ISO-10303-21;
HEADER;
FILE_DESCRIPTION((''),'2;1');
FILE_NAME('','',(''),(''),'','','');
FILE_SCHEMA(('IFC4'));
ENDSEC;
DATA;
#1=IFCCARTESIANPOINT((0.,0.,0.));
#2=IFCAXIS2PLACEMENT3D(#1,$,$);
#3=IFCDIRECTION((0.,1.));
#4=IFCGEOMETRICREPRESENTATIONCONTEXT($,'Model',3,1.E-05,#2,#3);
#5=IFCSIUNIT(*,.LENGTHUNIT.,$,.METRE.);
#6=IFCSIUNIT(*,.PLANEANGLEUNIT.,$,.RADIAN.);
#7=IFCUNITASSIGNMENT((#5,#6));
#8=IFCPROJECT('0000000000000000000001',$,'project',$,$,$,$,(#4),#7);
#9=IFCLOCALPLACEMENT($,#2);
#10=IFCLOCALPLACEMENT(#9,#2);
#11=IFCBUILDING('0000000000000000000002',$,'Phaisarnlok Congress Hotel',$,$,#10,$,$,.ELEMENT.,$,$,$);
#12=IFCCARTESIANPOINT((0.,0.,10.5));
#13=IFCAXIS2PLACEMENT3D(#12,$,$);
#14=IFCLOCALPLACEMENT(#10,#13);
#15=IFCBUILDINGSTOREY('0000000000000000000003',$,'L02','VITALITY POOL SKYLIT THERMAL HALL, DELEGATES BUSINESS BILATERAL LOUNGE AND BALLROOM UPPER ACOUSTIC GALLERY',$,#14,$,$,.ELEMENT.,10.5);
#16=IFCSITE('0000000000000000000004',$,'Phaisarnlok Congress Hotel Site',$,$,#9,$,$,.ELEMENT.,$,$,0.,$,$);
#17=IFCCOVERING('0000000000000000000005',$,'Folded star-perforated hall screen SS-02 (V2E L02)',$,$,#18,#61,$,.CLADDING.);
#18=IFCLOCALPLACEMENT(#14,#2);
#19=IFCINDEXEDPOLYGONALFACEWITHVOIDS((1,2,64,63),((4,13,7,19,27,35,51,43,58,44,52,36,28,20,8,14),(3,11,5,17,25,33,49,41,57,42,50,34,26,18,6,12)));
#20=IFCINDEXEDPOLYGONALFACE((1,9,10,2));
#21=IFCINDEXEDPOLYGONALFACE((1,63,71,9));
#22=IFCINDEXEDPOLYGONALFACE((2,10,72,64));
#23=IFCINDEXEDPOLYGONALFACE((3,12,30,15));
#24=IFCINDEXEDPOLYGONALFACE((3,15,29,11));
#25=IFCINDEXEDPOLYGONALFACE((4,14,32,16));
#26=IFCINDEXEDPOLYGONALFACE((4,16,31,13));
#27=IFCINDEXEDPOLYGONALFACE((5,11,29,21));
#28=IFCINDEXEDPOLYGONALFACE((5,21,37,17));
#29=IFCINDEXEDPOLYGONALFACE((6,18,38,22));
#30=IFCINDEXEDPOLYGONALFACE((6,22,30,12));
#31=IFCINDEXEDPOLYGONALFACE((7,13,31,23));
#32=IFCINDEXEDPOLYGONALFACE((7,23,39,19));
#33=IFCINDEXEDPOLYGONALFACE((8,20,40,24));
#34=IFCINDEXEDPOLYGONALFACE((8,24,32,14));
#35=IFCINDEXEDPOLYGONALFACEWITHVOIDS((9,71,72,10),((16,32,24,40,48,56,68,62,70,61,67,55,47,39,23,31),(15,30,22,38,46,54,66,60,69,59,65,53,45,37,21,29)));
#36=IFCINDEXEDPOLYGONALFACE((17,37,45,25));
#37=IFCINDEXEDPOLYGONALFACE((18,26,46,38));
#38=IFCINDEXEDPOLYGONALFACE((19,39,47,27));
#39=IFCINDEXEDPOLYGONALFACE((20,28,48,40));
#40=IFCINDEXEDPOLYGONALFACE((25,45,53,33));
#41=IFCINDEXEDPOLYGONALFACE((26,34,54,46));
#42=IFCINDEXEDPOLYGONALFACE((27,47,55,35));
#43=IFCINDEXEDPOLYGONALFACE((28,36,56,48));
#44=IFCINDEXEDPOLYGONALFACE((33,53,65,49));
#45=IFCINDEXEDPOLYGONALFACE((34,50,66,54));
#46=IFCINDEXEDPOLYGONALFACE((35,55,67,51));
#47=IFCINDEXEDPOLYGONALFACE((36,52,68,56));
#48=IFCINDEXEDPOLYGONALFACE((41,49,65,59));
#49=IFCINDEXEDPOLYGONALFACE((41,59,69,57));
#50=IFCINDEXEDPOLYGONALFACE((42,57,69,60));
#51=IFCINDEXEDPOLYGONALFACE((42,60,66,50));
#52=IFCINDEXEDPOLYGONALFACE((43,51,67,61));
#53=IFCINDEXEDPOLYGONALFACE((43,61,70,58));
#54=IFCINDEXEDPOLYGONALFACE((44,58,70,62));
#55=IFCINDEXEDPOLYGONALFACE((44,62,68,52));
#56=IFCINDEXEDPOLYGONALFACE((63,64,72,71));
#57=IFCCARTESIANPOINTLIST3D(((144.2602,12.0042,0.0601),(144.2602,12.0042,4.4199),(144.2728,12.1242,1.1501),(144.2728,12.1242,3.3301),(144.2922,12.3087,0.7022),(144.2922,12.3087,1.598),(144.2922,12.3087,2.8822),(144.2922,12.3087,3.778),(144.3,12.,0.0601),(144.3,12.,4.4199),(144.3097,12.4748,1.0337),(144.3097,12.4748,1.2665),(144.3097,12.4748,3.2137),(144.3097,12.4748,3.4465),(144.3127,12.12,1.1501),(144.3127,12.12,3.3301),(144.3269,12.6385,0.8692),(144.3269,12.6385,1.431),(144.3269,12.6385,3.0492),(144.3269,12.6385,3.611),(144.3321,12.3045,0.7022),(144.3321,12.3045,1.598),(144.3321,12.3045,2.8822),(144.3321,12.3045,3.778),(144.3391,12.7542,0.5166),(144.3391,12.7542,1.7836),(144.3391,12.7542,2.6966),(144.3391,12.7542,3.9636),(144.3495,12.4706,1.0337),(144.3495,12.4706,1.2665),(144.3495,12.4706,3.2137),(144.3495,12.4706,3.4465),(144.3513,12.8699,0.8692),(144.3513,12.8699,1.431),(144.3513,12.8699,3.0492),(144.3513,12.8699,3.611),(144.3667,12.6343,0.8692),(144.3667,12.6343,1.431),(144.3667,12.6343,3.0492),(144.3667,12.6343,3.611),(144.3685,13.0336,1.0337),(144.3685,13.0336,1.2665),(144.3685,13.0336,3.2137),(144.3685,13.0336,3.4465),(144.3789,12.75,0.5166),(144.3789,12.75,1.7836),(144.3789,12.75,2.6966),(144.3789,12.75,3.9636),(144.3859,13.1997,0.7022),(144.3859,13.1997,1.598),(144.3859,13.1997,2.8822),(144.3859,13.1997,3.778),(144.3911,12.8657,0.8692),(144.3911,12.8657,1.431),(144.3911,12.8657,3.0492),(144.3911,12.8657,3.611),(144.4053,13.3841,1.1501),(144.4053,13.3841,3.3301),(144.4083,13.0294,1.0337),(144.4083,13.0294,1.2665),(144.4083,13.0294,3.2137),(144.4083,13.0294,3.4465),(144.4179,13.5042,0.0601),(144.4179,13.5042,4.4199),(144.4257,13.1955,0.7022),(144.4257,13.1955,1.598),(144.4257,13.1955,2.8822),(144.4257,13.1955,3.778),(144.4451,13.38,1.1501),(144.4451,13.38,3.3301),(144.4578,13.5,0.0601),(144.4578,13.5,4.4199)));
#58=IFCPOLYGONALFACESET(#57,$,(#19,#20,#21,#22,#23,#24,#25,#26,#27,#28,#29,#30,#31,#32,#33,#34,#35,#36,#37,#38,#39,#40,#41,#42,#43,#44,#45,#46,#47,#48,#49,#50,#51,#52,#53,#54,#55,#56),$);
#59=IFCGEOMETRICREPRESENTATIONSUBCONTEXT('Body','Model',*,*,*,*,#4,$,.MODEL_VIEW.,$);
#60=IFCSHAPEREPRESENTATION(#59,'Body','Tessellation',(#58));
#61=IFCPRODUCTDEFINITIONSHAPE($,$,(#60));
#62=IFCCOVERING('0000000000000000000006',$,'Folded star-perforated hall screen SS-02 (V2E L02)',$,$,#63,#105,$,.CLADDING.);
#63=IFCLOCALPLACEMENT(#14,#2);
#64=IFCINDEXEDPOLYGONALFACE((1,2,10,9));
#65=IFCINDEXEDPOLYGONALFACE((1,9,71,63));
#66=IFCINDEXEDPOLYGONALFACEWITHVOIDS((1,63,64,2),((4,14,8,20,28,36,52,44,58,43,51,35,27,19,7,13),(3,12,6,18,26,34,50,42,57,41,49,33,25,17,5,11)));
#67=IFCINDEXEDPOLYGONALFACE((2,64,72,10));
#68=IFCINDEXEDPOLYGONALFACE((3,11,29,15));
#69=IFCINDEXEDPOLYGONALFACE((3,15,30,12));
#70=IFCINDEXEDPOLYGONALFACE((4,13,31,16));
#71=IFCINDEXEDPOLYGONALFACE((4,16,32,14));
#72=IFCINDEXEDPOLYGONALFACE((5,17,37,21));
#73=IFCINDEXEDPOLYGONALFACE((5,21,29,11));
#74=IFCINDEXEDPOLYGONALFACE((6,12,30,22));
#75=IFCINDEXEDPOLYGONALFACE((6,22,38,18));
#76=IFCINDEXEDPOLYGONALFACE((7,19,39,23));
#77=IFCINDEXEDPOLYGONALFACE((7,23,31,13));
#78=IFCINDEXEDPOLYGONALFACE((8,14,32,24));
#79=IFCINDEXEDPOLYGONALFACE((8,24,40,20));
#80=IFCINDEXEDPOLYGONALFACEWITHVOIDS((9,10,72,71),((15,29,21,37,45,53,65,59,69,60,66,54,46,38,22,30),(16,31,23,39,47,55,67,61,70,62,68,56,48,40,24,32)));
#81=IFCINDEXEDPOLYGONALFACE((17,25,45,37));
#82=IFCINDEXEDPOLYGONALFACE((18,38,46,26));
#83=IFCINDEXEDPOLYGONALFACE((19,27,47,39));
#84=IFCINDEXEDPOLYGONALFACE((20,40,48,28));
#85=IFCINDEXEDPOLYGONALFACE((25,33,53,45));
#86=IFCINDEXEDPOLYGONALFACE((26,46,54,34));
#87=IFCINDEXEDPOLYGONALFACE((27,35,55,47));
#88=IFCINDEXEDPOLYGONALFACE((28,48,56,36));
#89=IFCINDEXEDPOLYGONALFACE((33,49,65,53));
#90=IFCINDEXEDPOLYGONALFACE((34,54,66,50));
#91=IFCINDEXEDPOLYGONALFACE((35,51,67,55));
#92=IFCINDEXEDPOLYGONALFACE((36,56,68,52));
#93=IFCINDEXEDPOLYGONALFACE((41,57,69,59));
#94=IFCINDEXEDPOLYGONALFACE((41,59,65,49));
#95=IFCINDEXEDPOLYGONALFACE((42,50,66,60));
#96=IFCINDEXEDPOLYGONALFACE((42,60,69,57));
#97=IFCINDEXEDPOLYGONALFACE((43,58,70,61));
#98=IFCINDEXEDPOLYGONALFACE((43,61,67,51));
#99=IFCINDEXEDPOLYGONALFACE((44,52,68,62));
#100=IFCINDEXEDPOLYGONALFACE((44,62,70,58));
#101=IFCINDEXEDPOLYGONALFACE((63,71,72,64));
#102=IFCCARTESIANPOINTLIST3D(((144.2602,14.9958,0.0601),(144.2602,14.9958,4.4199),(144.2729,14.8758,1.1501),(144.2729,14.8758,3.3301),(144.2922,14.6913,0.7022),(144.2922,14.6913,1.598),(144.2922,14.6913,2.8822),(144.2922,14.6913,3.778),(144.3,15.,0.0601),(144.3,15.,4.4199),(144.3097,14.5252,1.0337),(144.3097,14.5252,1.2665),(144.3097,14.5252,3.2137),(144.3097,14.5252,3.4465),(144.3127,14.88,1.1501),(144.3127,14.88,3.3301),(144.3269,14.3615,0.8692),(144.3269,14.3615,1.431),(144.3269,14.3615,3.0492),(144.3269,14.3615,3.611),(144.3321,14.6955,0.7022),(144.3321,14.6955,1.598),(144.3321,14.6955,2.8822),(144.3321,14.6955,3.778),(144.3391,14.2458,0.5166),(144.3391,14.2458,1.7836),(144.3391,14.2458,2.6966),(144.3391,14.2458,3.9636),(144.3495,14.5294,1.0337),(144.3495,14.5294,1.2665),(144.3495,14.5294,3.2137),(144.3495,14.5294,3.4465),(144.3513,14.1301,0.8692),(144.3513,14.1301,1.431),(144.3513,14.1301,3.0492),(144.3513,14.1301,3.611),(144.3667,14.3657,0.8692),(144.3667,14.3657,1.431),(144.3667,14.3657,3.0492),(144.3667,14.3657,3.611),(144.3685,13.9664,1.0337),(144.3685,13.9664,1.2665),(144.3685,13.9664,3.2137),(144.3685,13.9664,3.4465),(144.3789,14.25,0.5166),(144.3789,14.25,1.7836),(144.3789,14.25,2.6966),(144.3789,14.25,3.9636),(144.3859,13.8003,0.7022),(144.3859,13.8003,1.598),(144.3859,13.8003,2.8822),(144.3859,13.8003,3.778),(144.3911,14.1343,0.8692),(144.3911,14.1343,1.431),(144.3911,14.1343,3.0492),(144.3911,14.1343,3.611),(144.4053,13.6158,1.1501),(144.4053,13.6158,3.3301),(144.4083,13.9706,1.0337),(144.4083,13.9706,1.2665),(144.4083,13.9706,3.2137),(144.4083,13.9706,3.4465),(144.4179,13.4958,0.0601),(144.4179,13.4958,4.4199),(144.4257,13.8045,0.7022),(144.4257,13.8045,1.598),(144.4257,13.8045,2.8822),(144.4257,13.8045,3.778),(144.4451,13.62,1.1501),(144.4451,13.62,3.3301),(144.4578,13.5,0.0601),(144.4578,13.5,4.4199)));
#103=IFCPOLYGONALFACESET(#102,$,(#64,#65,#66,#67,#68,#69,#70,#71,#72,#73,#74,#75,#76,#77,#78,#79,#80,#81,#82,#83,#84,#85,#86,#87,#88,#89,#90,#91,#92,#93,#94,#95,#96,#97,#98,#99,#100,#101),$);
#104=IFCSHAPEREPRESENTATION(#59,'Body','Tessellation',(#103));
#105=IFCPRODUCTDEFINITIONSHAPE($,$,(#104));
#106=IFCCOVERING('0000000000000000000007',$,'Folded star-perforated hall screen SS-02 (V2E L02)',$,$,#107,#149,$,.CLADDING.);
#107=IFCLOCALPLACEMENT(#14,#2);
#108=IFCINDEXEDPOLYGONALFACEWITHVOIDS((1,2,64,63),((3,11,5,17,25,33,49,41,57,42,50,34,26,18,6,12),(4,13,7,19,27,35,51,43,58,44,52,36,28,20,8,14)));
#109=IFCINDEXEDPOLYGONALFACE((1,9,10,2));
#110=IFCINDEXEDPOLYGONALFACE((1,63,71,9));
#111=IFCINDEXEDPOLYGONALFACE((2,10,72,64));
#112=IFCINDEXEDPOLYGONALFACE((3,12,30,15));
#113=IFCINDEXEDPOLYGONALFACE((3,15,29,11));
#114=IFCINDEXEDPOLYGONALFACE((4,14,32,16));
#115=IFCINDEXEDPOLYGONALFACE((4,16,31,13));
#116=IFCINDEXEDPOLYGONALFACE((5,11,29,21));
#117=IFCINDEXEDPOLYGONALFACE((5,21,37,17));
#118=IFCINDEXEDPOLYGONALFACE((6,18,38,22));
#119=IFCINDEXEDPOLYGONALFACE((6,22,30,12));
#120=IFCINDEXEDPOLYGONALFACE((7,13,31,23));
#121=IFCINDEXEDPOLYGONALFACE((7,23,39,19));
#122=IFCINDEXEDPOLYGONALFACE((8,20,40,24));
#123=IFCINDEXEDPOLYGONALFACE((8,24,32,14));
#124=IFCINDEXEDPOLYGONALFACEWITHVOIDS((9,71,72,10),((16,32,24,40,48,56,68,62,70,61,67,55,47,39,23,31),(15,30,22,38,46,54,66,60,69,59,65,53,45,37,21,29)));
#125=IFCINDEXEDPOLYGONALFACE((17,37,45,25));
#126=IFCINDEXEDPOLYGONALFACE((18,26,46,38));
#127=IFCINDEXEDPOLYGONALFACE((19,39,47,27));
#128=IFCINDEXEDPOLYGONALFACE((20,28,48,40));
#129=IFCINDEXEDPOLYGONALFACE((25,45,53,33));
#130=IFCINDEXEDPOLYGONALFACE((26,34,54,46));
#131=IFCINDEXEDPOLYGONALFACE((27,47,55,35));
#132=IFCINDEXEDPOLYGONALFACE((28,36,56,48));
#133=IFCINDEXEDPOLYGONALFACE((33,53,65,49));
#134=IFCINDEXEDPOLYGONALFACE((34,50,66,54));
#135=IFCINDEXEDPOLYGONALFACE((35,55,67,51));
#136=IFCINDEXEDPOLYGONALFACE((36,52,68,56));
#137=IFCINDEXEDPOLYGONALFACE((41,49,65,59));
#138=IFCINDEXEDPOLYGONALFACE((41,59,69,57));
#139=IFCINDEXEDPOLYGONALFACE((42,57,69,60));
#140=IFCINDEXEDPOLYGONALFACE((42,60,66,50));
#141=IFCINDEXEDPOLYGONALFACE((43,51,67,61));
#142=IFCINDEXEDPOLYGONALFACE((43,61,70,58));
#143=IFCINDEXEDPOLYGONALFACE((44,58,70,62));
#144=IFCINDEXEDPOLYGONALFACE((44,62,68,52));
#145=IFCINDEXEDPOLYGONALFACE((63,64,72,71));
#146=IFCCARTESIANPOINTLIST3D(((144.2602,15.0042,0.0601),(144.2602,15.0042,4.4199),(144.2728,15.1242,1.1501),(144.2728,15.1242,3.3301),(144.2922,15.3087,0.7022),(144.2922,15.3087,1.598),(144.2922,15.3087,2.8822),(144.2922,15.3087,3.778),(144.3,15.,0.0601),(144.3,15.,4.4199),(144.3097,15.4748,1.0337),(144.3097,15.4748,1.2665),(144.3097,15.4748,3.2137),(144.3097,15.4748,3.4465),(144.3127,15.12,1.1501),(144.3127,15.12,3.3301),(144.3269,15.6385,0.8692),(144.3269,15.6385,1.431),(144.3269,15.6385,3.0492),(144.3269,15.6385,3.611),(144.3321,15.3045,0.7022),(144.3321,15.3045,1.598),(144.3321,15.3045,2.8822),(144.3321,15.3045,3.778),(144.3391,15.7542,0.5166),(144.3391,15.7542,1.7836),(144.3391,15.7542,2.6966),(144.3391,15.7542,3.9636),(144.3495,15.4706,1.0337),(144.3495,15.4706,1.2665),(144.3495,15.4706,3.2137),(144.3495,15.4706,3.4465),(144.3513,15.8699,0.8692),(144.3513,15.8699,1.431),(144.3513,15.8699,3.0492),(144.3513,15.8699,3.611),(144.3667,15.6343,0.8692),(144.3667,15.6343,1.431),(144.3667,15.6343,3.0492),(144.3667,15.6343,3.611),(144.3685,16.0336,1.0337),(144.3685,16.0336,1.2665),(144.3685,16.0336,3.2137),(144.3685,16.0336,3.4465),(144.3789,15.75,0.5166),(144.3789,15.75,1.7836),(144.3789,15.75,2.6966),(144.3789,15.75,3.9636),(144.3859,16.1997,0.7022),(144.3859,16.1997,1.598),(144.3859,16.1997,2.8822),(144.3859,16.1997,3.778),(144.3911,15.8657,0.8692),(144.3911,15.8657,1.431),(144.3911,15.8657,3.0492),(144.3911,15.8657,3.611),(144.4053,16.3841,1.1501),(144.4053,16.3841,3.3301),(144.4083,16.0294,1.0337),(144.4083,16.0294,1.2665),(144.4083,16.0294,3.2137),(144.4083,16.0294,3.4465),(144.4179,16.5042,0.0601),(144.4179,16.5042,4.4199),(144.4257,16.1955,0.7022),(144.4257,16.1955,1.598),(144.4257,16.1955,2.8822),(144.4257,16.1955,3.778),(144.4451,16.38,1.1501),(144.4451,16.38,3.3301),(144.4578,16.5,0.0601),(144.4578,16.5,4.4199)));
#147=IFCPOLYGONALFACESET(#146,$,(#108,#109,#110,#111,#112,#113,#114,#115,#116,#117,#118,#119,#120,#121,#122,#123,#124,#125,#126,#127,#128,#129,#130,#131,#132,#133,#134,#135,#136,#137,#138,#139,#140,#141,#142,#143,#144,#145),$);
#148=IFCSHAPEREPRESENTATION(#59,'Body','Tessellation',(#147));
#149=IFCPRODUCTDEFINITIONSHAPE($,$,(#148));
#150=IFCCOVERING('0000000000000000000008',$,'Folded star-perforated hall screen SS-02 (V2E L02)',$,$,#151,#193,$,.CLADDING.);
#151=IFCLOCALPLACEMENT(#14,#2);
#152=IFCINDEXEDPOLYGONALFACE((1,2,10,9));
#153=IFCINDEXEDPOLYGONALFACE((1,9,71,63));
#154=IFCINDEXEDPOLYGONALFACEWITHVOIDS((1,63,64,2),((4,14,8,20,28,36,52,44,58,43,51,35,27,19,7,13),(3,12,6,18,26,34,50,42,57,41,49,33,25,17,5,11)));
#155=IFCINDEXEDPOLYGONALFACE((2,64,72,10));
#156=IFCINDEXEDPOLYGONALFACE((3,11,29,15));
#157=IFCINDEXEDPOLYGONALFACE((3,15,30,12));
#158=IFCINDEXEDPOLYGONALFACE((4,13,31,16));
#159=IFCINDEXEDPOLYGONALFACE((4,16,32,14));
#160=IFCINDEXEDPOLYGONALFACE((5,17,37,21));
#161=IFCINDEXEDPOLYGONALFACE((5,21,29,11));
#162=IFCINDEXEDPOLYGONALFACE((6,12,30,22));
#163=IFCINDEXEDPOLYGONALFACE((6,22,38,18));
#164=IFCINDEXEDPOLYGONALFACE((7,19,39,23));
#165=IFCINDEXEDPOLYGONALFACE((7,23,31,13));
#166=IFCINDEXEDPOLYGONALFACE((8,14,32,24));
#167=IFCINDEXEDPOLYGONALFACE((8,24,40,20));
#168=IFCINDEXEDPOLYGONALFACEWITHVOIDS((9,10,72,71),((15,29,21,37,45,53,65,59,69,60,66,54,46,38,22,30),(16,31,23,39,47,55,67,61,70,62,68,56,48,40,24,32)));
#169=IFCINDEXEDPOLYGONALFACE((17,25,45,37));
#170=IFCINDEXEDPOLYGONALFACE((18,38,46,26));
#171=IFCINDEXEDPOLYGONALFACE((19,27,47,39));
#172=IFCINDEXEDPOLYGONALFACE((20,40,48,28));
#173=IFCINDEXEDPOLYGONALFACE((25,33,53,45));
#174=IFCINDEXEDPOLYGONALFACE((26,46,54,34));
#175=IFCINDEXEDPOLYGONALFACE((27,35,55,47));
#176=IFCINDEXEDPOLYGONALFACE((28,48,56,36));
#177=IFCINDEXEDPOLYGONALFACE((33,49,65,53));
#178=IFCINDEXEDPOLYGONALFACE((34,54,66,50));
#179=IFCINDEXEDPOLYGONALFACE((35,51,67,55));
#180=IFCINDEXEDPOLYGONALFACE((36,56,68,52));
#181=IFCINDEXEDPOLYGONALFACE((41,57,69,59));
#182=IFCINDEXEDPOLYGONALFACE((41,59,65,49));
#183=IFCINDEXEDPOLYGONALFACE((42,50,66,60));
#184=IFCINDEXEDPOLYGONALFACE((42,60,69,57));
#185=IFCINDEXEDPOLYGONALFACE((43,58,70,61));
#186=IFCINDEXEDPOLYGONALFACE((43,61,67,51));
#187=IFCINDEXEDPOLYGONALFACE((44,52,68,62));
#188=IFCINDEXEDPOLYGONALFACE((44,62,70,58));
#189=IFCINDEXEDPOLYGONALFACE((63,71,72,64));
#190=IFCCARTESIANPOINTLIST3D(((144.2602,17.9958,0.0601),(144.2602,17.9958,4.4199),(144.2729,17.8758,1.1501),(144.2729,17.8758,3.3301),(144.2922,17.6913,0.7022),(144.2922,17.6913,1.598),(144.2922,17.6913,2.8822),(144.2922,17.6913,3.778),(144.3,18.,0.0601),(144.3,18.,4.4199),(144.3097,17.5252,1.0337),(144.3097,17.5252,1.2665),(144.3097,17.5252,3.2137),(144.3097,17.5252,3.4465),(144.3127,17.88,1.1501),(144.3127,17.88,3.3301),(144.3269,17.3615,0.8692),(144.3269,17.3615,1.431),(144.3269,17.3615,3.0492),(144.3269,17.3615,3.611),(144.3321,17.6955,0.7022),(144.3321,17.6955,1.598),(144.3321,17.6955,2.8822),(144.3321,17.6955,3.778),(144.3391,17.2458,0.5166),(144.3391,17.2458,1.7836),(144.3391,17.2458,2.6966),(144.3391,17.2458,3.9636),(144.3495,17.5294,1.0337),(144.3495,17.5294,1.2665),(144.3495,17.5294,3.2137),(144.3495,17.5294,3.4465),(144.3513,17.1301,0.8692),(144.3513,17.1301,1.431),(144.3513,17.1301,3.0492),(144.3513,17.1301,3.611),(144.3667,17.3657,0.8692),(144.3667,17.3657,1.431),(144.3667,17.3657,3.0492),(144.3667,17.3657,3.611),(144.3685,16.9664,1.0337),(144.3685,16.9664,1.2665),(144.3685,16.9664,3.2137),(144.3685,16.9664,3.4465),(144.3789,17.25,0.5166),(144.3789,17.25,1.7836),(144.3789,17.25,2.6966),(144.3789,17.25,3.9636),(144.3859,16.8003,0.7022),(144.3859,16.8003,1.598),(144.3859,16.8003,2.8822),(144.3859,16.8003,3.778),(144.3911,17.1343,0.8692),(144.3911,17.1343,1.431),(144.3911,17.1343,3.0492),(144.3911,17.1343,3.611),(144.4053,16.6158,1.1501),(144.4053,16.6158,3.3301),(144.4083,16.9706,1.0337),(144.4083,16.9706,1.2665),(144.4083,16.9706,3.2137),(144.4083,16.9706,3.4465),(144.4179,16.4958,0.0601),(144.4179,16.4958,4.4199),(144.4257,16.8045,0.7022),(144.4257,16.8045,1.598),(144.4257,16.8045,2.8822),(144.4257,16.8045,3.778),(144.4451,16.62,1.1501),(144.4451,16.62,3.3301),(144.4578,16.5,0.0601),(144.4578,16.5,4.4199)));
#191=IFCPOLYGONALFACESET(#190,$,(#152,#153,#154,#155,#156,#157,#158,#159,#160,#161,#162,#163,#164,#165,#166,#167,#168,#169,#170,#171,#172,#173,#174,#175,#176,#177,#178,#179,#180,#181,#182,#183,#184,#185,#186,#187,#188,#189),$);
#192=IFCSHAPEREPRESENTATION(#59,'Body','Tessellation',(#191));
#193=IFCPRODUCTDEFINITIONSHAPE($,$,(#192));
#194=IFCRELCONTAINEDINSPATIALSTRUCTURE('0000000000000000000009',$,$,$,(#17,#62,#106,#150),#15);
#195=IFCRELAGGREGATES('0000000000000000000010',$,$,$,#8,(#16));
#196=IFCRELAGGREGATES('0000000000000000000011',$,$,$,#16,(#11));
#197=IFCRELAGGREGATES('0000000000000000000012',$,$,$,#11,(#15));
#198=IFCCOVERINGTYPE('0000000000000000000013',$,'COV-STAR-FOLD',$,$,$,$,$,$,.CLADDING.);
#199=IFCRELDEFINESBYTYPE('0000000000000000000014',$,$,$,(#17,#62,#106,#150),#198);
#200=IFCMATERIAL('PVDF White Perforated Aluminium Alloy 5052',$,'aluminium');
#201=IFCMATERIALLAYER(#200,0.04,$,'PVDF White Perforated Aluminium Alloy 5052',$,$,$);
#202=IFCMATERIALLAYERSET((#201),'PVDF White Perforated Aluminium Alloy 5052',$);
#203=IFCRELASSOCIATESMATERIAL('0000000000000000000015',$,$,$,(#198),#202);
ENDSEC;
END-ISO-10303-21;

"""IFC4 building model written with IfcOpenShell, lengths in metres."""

from ifc_helpers import new_model, si_unit, direction, frame, origin, place, context, subcontext, project, spatial, polyline, outline, extrude, material, layer, layer_set, type_object, element, save


model = new_model("IFC4")

# Units and contexts
model_context = context("Model", 3, precision=1e-05, world=origin(), true_north=direction((0.0, 1.0)))
body_context = subcontext(model_context, "Body", "Model", "MODEL_VIEW")
ifc_project = project(units=[si_unit("LENGTHUNIT", "METRE"), si_unit("PLANEANGLEUNIT", "RADIAN")], contexts=[model_context])

# Site, building, storey
site_placement = place(None, origin())
site = spatial("IfcSite", under=ifc_project, at=site_placement, Name="Phaisarnlok Congress Hotel Site", CompositionType="ELEMENT", RefElevation=0.0)
building_placement = place(site_placement, origin())
building = spatial("IfcBuilding", under=site, at=building_placement, Name="Phaisarnlok Congress Hotel", CompositionType="ELEMENT")
storey_placement = place(building_placement, frame((0.0, 0.0, 10.5)))
storey = spatial("IfcBuildingStorey", under=building, at=storey_placement, Name="L02", Description="VITALITY POOL SKYLIT THERMAL HALL, DELEGATES BUSINESS BILATERAL LOUNGE AND BALLROOM UPPER ACOUSTIC GALLERY", CompositionType="ELEMENT", Elevation=10.5)

# Coverings
ifc_material_1 = material(Name="PVDF White Perforated Aluminium Alloy 5052", Category="aluminium")
ifc_layer = layer(ifc_material_1, 0.04, Name="PVDF White Perforated Aluminium Alloy 5052")
ifc_layer_set = layer_set([ifc_layer], Name="PVDF White Perforated Aluminium Alloy 5052")
covering_type = type_object("IfcCoveringType", Name="COV-STAR-FOLD", PredefinedType="CLADDING", material=ifc_layer_set)
for number, where, z_axis, x_axis, name in (
    (1, (144.4578, 13.5, 0.0601), (-0.994518, 0.104567, 0.0), (-0.104567, -0.994518, 0.0), "Folded star-perforated hall screen SS-02 (V2E L02)"),
    (2, (144.3, 15.0, 0.0601), (-0.994518, -0.104567, 0.0), (0.104567, -0.994518, 0.0), "Folded star-perforated hall screen SS-02 (V2E L02)"),
    (3, (144.4578, 16.5, 0.0601), (-0.994518, 0.104567, 0.0), (-0.104567, -0.994518, 0.0), "Folded star-perforated hall screen SS-02 (V2E L02)"),
    (4, (144.3, 18.0, 0.0601), (-0.994518, -0.104567, 0.0), (0.104567, -0.994518, 0.0), "Folded star-perforated hall screen SS-02 (V2E L02)"),
):
    element("IfcCovering", number, at=place(storey_placement, frame(where, z_axis=z_axis, x_axis=x_axis)), inside=storey, type_object=covering_type, Name=name, PredefinedType="CLADDING", context=body_context, shape_type="SweptSolid", body=[
        extrude(outline(polyline([(0.0, 0.0), (1.5083, 0.0), (1.5083, 4.3599), (0.0, 4.3599), (0.0, 0.0)]), holes=[polyline([(1.0351, 0.9736), (1.2021, 0.6421), (0.8705, 0.8091), (0.7541, 0.4565), (0.6378, 0.8091), (0.3062, 0.6421), (0.4732, 0.9736), (0.1207, 1.09), (0.4732, 1.2064), (0.3062, 1.5379), (0.6378, 1.3709), (0.7541, 1.7235), (0.8705, 1.3709), (1.2021, 1.5379), (1.0351, 1.2064), (1.3876, 1.09), (1.0351, 0.9736)]), polyline([(1.0351, 3.1536), (1.2021, 2.8221), (0.8705, 2.9891), (0.7541, 2.6365), (0.6378, 2.9891), (0.3062, 2.8221), (0.4732, 3.1536), (0.1207, 3.27), (0.4732, 3.3864), (0.3062, 3.7179), (0.6378, 3.5509), (0.7541, 3.9035), (0.8705, 3.5509), (1.2021, 3.7179), (1.0351, 3.3864), (1.3876, 3.27), (1.0351, 3.1536)])]), origin(), (0.0, 0.0, 1.0), 0.04),
    ])

save(model, "model.ifc")
